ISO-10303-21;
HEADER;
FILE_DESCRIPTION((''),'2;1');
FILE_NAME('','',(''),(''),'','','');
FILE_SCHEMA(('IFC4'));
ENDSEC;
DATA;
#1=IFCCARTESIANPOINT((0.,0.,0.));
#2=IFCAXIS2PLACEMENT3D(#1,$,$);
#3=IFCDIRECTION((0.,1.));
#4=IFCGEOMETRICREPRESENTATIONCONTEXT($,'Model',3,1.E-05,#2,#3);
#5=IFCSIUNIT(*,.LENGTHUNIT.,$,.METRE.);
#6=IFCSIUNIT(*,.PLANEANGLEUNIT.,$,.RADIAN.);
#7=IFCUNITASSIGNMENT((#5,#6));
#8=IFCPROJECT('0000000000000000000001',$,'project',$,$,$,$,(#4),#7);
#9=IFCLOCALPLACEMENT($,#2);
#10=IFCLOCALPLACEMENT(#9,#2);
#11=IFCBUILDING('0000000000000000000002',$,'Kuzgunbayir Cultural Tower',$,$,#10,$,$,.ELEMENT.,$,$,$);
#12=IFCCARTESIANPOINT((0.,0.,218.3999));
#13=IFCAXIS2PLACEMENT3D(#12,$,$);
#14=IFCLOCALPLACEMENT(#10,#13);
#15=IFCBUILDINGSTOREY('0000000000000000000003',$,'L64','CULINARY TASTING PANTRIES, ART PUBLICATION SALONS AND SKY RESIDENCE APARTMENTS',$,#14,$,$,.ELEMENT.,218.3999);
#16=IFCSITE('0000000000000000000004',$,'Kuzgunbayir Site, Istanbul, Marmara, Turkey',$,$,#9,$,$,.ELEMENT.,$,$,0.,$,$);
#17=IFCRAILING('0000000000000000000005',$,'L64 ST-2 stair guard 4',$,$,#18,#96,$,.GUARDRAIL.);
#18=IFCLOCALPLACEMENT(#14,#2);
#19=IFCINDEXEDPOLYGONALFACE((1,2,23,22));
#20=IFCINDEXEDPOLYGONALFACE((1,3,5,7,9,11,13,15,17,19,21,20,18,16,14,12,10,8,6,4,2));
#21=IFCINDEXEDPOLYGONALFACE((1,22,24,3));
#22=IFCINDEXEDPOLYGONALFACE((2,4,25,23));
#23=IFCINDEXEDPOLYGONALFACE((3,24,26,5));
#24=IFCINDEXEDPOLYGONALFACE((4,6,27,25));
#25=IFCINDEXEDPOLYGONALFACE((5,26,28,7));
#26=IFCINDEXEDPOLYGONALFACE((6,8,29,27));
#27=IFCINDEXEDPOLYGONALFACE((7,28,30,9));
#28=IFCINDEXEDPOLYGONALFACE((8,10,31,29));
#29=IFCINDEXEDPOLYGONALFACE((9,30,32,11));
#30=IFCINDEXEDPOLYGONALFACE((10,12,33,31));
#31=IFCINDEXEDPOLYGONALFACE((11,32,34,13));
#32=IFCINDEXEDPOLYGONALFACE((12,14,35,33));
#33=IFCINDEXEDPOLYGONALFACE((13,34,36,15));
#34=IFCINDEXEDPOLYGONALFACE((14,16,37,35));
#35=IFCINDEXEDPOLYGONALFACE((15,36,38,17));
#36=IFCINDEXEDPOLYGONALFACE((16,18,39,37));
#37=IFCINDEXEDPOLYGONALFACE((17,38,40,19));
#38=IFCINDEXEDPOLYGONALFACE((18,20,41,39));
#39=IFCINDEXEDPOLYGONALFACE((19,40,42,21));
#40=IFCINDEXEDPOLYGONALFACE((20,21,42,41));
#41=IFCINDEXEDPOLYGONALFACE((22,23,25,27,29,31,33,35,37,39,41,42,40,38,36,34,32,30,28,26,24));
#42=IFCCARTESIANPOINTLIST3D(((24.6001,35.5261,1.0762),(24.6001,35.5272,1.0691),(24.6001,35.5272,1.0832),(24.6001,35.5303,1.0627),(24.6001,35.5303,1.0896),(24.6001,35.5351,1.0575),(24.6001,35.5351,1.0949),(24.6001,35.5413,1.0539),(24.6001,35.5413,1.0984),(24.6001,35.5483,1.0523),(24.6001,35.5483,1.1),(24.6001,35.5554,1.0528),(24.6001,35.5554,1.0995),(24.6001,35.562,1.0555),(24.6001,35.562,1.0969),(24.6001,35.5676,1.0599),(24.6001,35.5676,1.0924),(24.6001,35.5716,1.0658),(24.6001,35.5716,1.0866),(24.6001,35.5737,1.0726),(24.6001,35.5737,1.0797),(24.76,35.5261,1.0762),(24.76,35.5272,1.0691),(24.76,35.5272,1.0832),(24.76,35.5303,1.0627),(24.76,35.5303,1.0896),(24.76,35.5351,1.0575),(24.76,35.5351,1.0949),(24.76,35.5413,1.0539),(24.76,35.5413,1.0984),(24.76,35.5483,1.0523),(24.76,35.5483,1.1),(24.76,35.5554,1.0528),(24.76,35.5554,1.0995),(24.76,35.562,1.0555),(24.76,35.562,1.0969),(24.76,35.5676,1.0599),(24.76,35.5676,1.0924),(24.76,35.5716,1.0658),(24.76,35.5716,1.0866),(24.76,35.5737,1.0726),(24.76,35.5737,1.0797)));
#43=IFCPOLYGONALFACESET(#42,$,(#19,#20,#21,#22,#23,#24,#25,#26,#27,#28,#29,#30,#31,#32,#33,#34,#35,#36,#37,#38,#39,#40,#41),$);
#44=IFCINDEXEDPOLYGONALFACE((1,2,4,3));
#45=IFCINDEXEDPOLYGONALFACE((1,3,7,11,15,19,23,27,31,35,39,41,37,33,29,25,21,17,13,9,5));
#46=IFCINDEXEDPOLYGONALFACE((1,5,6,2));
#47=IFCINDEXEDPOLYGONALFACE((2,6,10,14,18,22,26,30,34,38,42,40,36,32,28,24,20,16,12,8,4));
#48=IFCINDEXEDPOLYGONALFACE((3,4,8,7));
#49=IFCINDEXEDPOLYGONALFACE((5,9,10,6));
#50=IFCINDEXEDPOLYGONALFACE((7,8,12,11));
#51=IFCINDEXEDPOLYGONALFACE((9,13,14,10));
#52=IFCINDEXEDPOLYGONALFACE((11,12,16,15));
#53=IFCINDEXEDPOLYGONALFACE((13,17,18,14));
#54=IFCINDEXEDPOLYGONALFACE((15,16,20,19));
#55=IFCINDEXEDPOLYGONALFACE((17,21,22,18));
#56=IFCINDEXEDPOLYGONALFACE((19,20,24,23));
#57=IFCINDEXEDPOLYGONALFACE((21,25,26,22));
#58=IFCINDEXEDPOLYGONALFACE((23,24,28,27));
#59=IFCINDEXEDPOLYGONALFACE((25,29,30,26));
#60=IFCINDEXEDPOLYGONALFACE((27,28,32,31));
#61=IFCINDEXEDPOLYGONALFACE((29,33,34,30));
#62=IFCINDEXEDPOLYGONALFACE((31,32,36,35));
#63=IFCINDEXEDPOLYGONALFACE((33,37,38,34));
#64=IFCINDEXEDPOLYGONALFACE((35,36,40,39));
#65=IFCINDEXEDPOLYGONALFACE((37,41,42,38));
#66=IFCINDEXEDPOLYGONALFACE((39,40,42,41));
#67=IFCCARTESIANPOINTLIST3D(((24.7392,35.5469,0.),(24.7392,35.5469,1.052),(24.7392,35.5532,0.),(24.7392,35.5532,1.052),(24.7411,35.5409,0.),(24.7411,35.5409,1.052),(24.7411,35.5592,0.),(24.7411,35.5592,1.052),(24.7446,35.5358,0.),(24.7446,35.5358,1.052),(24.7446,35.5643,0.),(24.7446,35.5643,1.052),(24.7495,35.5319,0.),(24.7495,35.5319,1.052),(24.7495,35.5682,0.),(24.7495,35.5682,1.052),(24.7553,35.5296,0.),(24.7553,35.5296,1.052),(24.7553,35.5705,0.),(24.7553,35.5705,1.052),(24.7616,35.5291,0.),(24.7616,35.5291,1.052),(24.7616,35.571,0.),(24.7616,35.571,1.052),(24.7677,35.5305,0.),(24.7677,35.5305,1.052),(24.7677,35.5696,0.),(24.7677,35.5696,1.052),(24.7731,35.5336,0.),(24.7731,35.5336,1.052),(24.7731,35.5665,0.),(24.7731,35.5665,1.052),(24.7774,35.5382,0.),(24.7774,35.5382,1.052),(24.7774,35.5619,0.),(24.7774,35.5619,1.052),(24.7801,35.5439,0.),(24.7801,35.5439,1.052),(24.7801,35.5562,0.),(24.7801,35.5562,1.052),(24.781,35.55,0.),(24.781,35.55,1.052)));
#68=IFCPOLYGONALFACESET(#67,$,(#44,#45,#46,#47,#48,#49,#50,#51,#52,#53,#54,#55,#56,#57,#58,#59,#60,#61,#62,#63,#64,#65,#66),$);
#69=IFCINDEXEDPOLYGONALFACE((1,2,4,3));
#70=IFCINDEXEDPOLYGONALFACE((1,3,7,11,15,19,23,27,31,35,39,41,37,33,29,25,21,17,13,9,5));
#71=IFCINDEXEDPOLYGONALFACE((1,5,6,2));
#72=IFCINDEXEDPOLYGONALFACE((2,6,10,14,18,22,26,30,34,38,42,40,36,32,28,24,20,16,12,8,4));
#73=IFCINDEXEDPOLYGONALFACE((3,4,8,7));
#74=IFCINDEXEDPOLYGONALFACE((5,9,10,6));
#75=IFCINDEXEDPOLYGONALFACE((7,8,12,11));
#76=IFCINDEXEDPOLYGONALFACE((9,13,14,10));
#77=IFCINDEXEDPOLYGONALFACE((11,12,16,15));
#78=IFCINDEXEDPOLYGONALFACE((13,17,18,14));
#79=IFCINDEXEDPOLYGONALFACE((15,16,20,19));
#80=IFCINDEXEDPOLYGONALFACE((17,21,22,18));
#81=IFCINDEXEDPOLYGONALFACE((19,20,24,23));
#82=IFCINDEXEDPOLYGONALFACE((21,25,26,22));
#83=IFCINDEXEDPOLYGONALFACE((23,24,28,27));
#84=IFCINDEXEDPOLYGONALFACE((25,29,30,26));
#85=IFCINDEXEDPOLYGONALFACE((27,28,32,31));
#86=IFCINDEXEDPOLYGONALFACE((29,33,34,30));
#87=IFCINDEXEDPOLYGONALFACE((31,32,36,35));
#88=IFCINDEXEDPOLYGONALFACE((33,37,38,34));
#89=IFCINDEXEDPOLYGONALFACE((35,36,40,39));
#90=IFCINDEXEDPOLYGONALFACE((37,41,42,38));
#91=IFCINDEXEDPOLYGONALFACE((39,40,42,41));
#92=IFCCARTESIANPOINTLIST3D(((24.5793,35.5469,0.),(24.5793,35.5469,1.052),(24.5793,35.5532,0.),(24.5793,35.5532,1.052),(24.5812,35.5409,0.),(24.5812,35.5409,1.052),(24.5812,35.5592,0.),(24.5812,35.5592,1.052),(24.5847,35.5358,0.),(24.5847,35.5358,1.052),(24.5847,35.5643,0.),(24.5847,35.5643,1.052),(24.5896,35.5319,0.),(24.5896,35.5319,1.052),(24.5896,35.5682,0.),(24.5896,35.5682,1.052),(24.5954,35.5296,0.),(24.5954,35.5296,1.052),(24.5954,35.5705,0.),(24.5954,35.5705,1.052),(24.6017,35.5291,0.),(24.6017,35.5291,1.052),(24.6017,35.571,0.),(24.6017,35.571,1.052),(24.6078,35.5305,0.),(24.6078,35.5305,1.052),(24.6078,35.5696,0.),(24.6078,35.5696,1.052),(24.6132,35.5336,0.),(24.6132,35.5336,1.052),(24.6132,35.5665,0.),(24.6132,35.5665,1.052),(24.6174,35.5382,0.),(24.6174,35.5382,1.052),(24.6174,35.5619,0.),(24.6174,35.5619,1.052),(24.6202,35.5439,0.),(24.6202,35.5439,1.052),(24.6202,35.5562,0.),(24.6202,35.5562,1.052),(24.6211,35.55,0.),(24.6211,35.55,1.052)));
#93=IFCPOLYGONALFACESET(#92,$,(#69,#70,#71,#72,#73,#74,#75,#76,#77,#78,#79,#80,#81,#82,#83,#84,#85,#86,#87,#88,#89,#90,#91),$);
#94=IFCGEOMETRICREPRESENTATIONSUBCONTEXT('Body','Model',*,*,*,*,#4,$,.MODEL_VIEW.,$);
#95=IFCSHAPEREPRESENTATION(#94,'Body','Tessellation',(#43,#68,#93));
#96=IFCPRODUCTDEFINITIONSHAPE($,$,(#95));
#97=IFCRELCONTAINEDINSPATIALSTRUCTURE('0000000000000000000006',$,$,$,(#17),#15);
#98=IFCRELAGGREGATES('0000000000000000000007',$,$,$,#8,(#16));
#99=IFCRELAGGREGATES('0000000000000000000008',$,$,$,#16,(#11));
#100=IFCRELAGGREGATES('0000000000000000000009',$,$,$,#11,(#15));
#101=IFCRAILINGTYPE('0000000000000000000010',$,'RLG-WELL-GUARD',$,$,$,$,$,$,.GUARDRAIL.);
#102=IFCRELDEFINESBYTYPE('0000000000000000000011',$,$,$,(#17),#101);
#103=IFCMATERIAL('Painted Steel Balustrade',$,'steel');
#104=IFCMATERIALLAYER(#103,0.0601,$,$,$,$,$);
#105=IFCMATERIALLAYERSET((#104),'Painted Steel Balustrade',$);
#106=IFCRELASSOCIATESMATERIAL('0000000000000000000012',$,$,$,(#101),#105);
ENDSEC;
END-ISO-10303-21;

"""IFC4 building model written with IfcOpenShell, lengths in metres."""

from ifc_helpers import new_model, si_unit, direction, frame, origin, origin_2d, place, context, subcontext, project, spatial, circle, extrude, material, layer, layer_set, type_object, element, save


model = new_model("IFC4")

# Units and contexts
model_context = context("Model", 3, precision=1e-05, world=origin(), true_north=direction((0.0, 1.0)))
body_context = subcontext(model_context, "Body", "Model", "MODEL_VIEW")
ifc_project = project(units=[si_unit("LENGTHUNIT", "METRE"), si_unit("PLANEANGLEUNIT", "RADIAN")], contexts=[model_context])

# Site, building, storey
site_placement = place(None, origin())
site = spatial("IfcSite", under=ifc_project, at=site_placement, Name="Kuzgunbayir Site, Istanbul, Marmara, Turkey", CompositionType="ELEMENT", RefElevation=0.0)
building_placement = place(site_placement, origin())
building = spatial("IfcBuilding", under=site, at=building_placement, Name="Kuzgunbayir Cultural Tower", CompositionType="ELEMENT")
storey_placement = place(building_placement, frame((0.0, 0.0, 218.3999)))
storey = spatial("IfcBuildingStorey", under=building, at=storey_placement, Name="L64", Description="CULINARY TASTING PANTRIES, ART PUBLICATION SALONS AND SKY RESIDENCE APARTMENTS", CompositionType="ELEMENT", Elevation=218.3999)

# Railing
ifc_material_1 = material(Name="Painted Steel Balustrade", Category="steel")
ifc_layer_1 = layer(ifc_material_1, 0.0601)
ifc_layer_set_1 = layer_set([ifc_layer_1], Name="Painted Steel Balustrade")
railing_type_1 = type_object("IfcRailingType", Name="RLG-WELL-GUARD", PredefinedType="GUARDRAIL", material=ifc_layer_set_1)
railing_1_placement = place(storey_placement, frame((24.76, 35.55, 0.0)))
element("IfcRailing", 1, at=railing_1_placement, inside=storey, type_object=railing_type_1, Name="L64 ST-2 stair guard 4", PredefinedType="GUARDRAIL", context=body_context, shape_type="SweptSolid", body=[
    extrude(circle(Radius=0.0239, at=origin_2d()), frame((0.0, 0.0, 1.0762), z_axis=(-1.0, 0.0, 0.0), x_axis=(0.0, -1.0, 0.0)), (0.0, 0.0, 1.0), 0.1599),
    extrude(circle(Radius=0.021, at=origin_2d()), origin(), (0.0, 0.0, 1.0), 1.052),
    extrude(circle(Radius=0.021, at=origin_2d()), frame((-0.1599, 0.0, 0.0)), (0.0, 0.0, 1.0), 1.052),
])

save(model, "model.ifc")
